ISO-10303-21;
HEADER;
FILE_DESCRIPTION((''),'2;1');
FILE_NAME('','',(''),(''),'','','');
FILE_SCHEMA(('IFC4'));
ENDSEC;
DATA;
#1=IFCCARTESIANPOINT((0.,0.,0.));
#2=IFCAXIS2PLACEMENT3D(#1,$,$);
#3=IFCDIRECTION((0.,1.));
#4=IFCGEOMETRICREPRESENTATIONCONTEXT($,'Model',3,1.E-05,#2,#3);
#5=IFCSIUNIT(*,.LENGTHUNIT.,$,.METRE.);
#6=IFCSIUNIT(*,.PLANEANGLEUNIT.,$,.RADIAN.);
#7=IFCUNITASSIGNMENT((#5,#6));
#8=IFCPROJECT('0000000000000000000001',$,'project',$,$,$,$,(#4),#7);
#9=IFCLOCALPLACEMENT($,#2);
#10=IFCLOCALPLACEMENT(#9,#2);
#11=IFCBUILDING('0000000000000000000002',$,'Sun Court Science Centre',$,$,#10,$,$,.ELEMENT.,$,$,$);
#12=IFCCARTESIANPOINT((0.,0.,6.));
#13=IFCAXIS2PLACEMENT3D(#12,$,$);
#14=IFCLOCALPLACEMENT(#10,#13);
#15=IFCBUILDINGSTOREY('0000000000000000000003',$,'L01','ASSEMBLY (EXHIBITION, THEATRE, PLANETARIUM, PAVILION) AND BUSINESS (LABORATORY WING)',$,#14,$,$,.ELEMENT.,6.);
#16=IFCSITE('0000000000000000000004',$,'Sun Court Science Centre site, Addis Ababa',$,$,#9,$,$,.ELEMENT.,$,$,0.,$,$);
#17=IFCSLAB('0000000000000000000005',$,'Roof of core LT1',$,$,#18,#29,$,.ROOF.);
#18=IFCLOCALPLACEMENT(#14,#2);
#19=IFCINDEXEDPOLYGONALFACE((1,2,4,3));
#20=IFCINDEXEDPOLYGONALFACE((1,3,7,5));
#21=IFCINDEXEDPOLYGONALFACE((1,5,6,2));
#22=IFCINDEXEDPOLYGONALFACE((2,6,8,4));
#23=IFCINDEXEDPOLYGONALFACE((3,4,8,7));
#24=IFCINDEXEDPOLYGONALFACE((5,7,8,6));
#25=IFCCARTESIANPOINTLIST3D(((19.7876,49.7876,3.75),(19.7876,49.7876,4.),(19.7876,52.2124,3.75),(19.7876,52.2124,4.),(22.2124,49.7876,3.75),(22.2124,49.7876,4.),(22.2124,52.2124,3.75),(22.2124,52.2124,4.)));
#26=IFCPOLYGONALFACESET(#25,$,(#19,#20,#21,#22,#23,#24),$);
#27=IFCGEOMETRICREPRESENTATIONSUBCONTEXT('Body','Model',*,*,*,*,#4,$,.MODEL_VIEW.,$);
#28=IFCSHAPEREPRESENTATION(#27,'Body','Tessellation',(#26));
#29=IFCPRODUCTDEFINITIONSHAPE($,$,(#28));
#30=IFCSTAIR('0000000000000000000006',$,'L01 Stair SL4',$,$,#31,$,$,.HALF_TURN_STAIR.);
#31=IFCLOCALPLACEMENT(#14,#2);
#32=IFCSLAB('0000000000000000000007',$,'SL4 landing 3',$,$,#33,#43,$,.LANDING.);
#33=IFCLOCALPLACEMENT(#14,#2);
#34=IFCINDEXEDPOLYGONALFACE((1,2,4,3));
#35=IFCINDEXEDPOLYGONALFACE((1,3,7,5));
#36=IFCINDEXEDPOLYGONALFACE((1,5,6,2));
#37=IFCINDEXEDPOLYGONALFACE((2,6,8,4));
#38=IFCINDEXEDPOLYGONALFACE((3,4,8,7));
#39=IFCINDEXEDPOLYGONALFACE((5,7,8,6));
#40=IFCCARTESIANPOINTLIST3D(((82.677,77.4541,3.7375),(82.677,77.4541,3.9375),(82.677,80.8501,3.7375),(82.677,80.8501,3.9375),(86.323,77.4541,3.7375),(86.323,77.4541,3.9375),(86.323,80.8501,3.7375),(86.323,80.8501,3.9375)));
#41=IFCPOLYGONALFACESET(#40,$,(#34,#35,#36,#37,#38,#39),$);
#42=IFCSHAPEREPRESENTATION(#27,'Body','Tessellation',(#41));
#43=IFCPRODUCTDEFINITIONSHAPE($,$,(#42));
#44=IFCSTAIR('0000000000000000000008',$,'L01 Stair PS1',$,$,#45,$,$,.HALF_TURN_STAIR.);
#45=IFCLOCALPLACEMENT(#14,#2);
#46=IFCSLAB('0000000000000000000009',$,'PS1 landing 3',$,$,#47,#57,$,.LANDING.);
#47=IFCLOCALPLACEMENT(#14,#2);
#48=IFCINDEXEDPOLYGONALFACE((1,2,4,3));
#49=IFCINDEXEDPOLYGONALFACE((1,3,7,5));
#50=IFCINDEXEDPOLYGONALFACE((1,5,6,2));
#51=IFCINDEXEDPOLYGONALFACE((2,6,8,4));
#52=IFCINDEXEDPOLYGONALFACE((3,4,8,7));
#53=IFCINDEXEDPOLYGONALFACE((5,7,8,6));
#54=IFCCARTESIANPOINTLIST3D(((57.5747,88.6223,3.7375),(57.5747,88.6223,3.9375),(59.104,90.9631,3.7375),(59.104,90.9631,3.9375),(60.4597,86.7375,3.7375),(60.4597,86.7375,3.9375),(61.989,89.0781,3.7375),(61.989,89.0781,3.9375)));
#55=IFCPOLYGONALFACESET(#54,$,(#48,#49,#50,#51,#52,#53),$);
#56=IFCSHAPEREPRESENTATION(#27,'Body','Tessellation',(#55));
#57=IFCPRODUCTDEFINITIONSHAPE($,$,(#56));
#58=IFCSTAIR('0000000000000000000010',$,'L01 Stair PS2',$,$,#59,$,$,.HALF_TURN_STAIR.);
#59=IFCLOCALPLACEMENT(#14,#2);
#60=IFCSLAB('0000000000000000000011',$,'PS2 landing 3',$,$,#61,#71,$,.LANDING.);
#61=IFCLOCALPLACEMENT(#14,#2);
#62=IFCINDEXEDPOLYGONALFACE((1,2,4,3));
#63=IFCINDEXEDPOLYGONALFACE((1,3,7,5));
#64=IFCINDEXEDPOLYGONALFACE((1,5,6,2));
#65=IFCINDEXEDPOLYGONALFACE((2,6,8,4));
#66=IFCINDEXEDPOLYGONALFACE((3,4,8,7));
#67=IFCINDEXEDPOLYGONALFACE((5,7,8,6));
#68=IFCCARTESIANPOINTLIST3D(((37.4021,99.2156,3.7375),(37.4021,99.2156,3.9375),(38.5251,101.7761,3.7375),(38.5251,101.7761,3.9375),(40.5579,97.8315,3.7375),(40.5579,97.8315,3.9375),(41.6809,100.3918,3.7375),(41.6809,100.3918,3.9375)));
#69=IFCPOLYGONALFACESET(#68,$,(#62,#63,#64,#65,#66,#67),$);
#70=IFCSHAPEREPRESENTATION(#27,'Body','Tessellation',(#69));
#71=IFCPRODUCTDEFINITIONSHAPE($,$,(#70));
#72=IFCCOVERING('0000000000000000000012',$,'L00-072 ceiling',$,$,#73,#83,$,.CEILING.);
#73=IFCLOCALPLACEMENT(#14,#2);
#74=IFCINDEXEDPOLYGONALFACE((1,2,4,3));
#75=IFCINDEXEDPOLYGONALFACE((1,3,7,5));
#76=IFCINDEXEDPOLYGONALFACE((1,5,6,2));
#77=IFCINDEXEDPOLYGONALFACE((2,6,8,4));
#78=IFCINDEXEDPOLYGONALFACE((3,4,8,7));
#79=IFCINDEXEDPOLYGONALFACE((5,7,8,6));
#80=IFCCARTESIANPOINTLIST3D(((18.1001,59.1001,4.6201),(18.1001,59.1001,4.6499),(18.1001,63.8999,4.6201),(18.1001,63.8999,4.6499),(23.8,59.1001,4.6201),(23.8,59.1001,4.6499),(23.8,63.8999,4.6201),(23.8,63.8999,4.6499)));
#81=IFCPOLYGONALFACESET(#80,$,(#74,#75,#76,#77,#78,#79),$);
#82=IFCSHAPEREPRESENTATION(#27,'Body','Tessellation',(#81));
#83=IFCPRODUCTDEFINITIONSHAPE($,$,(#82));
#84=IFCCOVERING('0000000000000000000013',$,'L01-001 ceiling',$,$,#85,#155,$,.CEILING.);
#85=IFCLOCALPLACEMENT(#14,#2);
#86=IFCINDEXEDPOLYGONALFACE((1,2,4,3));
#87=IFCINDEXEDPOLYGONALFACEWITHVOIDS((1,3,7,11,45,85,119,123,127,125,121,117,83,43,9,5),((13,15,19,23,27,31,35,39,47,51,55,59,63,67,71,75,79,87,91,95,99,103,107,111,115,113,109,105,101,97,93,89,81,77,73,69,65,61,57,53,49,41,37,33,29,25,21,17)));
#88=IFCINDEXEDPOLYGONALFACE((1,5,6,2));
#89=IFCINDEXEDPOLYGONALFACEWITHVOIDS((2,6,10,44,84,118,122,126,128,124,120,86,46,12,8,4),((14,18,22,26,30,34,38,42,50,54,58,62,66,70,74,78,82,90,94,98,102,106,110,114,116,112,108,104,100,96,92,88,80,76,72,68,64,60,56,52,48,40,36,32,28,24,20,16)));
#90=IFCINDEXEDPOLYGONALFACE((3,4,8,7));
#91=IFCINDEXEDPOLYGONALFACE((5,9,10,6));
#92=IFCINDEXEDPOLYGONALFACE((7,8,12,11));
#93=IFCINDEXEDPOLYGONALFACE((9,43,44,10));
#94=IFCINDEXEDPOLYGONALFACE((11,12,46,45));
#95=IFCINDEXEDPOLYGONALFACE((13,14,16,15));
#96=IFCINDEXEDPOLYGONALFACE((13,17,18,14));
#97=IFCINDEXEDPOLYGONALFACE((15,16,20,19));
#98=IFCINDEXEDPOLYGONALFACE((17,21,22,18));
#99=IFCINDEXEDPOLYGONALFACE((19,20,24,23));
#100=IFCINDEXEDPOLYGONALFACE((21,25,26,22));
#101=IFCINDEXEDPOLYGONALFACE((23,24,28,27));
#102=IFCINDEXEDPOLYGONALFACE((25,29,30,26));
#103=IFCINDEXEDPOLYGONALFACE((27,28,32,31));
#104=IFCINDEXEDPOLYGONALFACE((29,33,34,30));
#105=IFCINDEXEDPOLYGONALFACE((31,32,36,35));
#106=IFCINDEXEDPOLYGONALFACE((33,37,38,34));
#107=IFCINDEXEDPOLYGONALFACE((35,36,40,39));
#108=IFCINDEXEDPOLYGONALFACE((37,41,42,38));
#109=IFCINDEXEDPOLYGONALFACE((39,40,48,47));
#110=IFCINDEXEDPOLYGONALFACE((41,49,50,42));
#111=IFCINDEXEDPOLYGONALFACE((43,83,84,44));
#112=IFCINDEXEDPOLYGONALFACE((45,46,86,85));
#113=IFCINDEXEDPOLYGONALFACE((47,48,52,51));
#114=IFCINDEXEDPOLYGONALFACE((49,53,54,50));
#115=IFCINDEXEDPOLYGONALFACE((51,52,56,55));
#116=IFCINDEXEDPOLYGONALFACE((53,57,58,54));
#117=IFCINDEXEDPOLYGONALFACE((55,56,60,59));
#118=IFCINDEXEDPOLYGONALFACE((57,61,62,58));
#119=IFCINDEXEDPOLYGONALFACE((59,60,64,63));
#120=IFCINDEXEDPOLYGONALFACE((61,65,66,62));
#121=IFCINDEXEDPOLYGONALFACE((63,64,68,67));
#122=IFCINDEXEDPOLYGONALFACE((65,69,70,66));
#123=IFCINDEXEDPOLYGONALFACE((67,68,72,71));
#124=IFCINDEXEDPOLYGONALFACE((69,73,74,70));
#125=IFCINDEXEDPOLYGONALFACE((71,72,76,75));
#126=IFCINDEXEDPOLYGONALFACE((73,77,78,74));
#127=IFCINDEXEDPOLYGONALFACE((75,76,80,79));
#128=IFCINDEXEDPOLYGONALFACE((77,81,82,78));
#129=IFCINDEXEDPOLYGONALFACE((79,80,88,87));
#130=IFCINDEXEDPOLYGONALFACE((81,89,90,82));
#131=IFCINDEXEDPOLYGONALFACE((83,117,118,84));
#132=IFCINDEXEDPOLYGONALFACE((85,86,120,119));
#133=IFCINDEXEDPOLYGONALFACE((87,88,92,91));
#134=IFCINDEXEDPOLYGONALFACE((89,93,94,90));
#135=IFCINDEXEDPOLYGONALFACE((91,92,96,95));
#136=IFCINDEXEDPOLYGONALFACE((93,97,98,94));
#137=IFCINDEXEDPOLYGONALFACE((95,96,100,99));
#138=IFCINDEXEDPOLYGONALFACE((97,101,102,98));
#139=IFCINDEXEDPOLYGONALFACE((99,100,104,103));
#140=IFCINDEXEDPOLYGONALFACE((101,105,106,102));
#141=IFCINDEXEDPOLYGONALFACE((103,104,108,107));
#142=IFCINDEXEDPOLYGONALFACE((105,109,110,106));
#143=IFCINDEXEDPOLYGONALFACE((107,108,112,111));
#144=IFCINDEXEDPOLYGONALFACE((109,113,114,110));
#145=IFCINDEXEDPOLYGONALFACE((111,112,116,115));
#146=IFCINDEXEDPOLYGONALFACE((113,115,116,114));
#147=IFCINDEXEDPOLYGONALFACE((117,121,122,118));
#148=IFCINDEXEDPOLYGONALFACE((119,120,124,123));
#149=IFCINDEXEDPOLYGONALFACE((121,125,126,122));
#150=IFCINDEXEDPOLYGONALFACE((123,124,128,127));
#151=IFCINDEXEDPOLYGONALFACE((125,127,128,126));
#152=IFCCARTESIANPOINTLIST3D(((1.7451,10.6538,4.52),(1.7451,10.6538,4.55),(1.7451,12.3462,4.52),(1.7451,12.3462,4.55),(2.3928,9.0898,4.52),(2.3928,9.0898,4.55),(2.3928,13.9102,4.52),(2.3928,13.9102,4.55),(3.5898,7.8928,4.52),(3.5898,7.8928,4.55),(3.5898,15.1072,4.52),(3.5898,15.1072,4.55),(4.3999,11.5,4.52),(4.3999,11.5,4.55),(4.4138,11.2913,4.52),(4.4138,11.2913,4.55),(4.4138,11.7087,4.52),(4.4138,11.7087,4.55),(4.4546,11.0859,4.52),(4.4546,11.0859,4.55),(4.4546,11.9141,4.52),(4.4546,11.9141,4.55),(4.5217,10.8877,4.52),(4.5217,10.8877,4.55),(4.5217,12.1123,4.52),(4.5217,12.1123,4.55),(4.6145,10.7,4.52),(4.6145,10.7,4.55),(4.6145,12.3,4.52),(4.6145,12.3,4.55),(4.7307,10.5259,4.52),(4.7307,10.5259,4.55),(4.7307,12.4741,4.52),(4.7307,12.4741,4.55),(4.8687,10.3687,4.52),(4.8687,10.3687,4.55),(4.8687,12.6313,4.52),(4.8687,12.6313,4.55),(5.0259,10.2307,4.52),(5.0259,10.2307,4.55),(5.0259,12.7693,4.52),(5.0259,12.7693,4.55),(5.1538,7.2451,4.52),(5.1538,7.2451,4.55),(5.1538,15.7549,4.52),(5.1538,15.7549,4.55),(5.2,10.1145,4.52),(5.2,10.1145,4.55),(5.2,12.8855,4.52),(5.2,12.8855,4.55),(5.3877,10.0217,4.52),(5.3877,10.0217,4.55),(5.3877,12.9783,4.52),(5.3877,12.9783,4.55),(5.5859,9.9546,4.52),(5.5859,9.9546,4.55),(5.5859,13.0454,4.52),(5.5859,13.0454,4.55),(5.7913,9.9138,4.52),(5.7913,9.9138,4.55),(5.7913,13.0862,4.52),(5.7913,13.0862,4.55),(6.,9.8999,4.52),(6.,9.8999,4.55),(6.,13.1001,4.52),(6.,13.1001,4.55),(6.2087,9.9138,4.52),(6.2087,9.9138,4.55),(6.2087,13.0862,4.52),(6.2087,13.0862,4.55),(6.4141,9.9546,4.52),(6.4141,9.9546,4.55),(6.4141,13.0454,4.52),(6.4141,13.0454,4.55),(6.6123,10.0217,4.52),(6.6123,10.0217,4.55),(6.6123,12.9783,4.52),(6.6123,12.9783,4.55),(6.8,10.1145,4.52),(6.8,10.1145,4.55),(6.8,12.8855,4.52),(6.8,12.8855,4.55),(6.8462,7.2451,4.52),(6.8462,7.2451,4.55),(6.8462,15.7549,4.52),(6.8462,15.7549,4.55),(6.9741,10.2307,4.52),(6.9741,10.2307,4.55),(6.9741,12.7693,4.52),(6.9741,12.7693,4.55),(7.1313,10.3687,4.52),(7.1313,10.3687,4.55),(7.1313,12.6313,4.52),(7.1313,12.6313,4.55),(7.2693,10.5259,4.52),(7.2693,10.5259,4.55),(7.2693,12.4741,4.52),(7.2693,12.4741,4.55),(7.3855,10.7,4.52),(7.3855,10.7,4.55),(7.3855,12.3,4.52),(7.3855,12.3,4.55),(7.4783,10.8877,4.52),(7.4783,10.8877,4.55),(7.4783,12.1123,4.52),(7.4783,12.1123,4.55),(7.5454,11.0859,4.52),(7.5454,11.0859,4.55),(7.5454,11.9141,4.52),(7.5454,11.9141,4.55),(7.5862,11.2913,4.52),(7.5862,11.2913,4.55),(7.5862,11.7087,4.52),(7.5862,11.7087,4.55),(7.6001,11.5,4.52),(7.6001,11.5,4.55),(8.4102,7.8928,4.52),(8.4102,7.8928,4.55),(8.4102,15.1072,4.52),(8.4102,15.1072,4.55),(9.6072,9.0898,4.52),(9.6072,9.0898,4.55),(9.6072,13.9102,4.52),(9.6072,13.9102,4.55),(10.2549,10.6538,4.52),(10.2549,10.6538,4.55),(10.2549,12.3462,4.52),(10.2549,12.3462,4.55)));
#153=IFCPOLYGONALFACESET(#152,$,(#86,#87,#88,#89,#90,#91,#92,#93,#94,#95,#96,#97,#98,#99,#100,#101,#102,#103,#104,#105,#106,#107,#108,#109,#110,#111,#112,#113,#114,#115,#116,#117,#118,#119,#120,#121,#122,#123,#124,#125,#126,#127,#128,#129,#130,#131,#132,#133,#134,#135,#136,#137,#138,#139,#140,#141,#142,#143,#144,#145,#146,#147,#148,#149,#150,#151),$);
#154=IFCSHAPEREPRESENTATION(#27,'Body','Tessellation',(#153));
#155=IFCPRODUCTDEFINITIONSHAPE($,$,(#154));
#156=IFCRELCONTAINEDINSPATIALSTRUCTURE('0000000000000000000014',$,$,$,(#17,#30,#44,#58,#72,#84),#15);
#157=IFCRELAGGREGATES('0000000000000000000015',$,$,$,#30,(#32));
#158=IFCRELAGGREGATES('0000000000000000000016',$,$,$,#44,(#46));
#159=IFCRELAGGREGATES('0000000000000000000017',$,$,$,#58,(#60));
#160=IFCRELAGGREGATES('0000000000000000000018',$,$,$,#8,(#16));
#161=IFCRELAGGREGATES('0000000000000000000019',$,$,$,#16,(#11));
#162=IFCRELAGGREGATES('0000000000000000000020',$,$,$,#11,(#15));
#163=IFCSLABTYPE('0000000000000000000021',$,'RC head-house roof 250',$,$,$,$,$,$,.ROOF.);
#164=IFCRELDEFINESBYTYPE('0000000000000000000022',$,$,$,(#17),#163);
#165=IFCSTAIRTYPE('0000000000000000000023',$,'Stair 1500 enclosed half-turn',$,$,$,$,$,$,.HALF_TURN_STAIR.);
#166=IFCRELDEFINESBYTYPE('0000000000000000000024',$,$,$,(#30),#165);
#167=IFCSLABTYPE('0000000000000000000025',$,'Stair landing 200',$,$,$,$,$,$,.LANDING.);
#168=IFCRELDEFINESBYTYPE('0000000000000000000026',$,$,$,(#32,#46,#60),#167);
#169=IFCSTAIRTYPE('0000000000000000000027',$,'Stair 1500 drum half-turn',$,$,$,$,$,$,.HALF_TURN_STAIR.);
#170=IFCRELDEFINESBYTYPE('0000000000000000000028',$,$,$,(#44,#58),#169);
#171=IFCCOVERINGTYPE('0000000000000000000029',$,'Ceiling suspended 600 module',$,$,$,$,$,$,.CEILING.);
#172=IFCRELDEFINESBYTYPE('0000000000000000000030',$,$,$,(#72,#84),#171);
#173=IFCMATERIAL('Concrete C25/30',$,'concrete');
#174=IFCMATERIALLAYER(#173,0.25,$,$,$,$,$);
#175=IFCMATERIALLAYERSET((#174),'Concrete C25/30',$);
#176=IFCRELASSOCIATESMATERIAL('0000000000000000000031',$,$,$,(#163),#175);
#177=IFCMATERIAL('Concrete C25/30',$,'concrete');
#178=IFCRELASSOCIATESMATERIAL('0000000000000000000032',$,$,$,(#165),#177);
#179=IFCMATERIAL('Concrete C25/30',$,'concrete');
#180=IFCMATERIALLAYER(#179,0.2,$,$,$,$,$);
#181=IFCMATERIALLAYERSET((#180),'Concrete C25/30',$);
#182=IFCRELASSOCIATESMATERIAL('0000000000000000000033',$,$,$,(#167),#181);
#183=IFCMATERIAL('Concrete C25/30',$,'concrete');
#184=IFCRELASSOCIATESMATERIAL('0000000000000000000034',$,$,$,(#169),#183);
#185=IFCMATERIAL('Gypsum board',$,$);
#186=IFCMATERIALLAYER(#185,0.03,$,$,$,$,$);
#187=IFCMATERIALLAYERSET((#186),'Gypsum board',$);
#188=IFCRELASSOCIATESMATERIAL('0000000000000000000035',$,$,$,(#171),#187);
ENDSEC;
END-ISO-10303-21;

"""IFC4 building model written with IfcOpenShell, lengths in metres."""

from ifc_helpers import new_model, si_unit, direction, frame, origin, place, context, subcontext, project, spatial, polyline, outline, extrude, material, layer, layer_set, type_object, element, aggregate, save


model = new_model("IFC4")

# Units and contexts
model_context = context("Model", 3, precision=1e-05, world=origin(), true_north=direction((0.0, 1.0)))
body_context = subcontext(model_context, "Body", "Model", "MODEL_VIEW")
ifc_project = project(units=[si_unit("LENGTHUNIT", "METRE"), si_unit("PLANEANGLEUNIT", "RADIAN")], contexts=[model_context])

# Site, building, storey
site_placement = place(None, origin())
site = spatial("IfcSite", under=ifc_project, at=site_placement, Name="Sun Court Science Centre site, Addis Ababa", CompositionType="ELEMENT", RefElevation=0.0)
building_placement = place(site_placement, origin())
building = spatial("IfcBuilding", under=site, at=building_placement, Name="Sun Court Science Centre", CompositionType="ELEMENT")
storey_placement = place(building_placement, frame((0.0, 0.0, 6.0)))
storey = spatial("IfcBuildingStorey", under=building, at=storey_placement, Name="L01", Description="ASSEMBLY (EXHIBITION, THEATRE, PLANETARIUM, PAVILION) AND BUSINESS (LABORATORY WING)", CompositionType="ELEMENT", Elevation=6.0)

# Slab
ifc_material_1 = material(Name="Concrete C25/30", Category="concrete")
ifc_layer_1 = layer(ifc_material_1, 0.25)
ifc_layer_set_1 = layer_set([ifc_layer_1], Name="Concrete C25/30")
slab_type_1 = type_object("IfcSlabType", Name="RC head-house roof 250", PredefinedType="ROOF", material=ifc_layer_set_1)
slab_1_placement = place(storey_placement, frame((0.0, 0.0, 3.75)))
element("IfcSlab", 1, at=slab_1_placement, inside=storey, type_object=slab_type_1, Name="Roof of core LT1", PredefinedType="ROOF", context=body_context, shape_type="SweptSolid", body=[
    extrude(outline(polyline([(19.7876, 49.7876), (22.2124, 49.7876), (22.2124, 52.2124), (19.7876, 52.2124), (19.7876, 49.7876)])), origin(), (0.0, 0.0, 1.0), 0.25),
])

# Stairs, slabs
ifc_material_2 = material(Name="Concrete C25/30", Category="concrete")
stair_type_1 = type_object("IfcStairType", Name="Stair 1500 enclosed half-turn", PredefinedType="HALF_TURN_STAIR", material=ifc_material_2)
stair_1_placement = place(storey_placement, origin())
stair_1 = element("IfcStair", 2, at=stair_1_placement, inside=storey, type_object=stair_type_1, Name="L01 Stair SL4", PredefinedType="HALF_TURN_STAIR")
ifc_material_3 = material(Name="Concrete C25/30", Category="concrete")
ifc_layer_2 = layer(ifc_material_3, 0.2)
ifc_layer_set_2 = layer_set([ifc_layer_2], Name="Concrete C25/30")
slab_type_2 = type_object("IfcSlabType", Name="Stair landing 200", PredefinedType="LANDING", material=ifc_layer_set_2)
slab_2_placement = place(storey_placement, frame((0.0, 0.0, 3.7375)))
slab_2 = element("IfcSlab", 3, at=slab_2_placement, type_object=slab_type_2, Name="SL4 landing 3", PredefinedType="LANDING", context=body_context, shape_type="SweptSolid", body=[
    extrude(outline(polyline([(86.323, 77.4541), (86.323, 80.8501), (82.677, 80.8501), (82.677, 77.4541), (86.323, 77.4541)])), origin(), (0.0, 0.0, 1.0), 0.2),
])
aggregate(stair_1, [slab_2])
ifc_material_4 = material(Name="Concrete C25/30", Category="concrete")
stair_type_2 = type_object("IfcStairType", Name="Stair 1500 drum half-turn", PredefinedType="HALF_TURN_STAIR", material=ifc_material_4)
stair_2_placement = place(storey_placement, origin())
stair_2 = element("IfcStair", 4, at=stair_2_placement, inside=storey, type_object=stair_type_2, Name="L01 Stair PS1", PredefinedType="HALF_TURN_STAIR")
slab_3_placement = place(storey_placement, frame((0.0, 0.0, 3.7375)))
slab_3 = element("IfcSlab", 5, at=slab_3_placement, type_object=slab_type_2, Name="PS1 landing 3", PredefinedType="LANDING", context=body_context, shape_type="SweptSolid", body=[
    extrude(outline(polyline([(59.104, 90.9631), (57.5747, 88.6223), (60.4597, 86.7375), (61.989, 89.0781), (59.104, 90.9631)])), origin(), (0.0, 0.0, 1.0), 0.2),
])
aggregate(stair_2, [slab_3])
stair_3_placement = place(storey_placement, origin())
stair_3 = element("IfcStair", 6, at=stair_3_placement, inside=storey, type_object=stair_type_2, Name="L01 Stair PS2", PredefinedType="HALF_TURN_STAIR")
slab_4_placement = place(storey_placement, frame((0.0, 0.0, 3.7375)))
slab_4 = element("IfcSlab", 7, at=slab_4_placement, type_object=slab_type_2, Name="PS2 landing 3", PredefinedType="LANDING", context=body_context, shape_type="SweptSolid", body=[
    extrude(outline(polyline([(38.5251, 101.7761), (37.4021, 99.2156), (40.5579, 97.8315), (41.6809, 100.3918), (38.5251, 101.7761)])), origin(), (0.0, 0.0, 1.0), 0.2),
])
aggregate(stair_3, [slab_4])

# Coverings
ifc_material_5 = material(Name="Gypsum board")
ifc_layer_3 = layer(ifc_material_5, 0.03)
ifc_layer_set_3 = layer_set([ifc_layer_3], Name="Gypsum board")
covering_type_1 = type_object("IfcCoveringType", Name="Ceiling suspended 600 module", PredefinedType="CEILING", material=ifc_layer_set_3)
covering_1_placement = place(storey_placement, frame((0.0, 0.0, 4.6201)))
element("IfcCovering", 8, at=covering_1_placement, inside=storey, type_object=covering_type_1, Name="L00-072 ceiling", PredefinedType="CEILING", context=body_context, shape_type="SweptSolid", body=[
    extrude(outline(polyline([(23.8, 59.1001), (18.1001, 59.1001), (18.1001, 63.8999), (23.8, 63.8999), (23.8, 59.1001)])), origin(), (0.0, 0.0, 1.0), 0.0298),
])
covering_2_placement = place(storey_placement, frame((0.0, 0.0, 4.52)))
element("IfcCovering", 9, at=covering_2_placement, inside=storey, type_object=covering_type_1, Name="L01-001 ceiling", PredefinedType="CEILING", context=body_context, shape_type="SweptSolid", body=[
    extrude(outline(polyline([(9.6072, 9.0898), (8.4102, 7.8928), (6.8462, 7.2451), (5.1538, 7.2451), (3.5898, 7.8928), (2.3928, 9.0898), (1.7451, 10.6538), (1.7451, 12.3462), (2.3928, 13.9102), (3.5898, 15.1072), (5.1538, 15.7549), (6.8462, 15.7549), (8.4102, 15.1072), (9.6072, 13.9102), (10.2549, 12.3462), (10.2549, 10.6538), (9.6072, 9.0898)]), holes=[polyline([(7.4783, 12.1123), (7.3855, 12.3), (7.2693, 12.4741), (7.1313, 12.6313), (6.9741, 12.7693), (6.8, 12.8855), (6.6123, 12.9783), (6.4141, 13.0454), (6.2087, 13.0862), (6.0, 13.1001), (5.7913, 13.0862), (5.5859, 13.0454), (5.3877, 12.9783), (5.2, 12.8855), (5.0259, 12.7693), (4.8687, 12.6313), (4.7307, 12.4741), (4.6145, 12.3), (4.5217, 12.1123), (4.4546, 11.9141), (4.4138, 11.7087), (4.3999, 11.5), (4.4138, 11.2913), (4.4546, 11.0859), (4.5217, 10.8877), (4.6145, 10.7), (4.7307, 10.5259), (4.8687, 10.3687), (5.0259, 10.2307), (5.2, 10.1145), (5.3877, 10.0217), (5.5859, 9.9546), (5.7913, 9.9138), (6.0, 9.8999), (6.2087, 9.9138), (6.4141, 9.9546), (6.6123, 10.0217), (6.8, 10.1145), (6.9741, 10.2307), (7.1313, 10.3687), (7.2693, 10.5259), (7.3855, 10.7), (7.4783, 10.8877), (7.5454, 11.0859), (7.5862, 11.2913), (7.6001, 11.5), (7.5862, 11.7087), (7.5454, 11.9141), (7.4783, 12.1123)])]), origin(), (0.0, 0.0, 1.0), 0.03),
])

save(model, "model.ifc")
